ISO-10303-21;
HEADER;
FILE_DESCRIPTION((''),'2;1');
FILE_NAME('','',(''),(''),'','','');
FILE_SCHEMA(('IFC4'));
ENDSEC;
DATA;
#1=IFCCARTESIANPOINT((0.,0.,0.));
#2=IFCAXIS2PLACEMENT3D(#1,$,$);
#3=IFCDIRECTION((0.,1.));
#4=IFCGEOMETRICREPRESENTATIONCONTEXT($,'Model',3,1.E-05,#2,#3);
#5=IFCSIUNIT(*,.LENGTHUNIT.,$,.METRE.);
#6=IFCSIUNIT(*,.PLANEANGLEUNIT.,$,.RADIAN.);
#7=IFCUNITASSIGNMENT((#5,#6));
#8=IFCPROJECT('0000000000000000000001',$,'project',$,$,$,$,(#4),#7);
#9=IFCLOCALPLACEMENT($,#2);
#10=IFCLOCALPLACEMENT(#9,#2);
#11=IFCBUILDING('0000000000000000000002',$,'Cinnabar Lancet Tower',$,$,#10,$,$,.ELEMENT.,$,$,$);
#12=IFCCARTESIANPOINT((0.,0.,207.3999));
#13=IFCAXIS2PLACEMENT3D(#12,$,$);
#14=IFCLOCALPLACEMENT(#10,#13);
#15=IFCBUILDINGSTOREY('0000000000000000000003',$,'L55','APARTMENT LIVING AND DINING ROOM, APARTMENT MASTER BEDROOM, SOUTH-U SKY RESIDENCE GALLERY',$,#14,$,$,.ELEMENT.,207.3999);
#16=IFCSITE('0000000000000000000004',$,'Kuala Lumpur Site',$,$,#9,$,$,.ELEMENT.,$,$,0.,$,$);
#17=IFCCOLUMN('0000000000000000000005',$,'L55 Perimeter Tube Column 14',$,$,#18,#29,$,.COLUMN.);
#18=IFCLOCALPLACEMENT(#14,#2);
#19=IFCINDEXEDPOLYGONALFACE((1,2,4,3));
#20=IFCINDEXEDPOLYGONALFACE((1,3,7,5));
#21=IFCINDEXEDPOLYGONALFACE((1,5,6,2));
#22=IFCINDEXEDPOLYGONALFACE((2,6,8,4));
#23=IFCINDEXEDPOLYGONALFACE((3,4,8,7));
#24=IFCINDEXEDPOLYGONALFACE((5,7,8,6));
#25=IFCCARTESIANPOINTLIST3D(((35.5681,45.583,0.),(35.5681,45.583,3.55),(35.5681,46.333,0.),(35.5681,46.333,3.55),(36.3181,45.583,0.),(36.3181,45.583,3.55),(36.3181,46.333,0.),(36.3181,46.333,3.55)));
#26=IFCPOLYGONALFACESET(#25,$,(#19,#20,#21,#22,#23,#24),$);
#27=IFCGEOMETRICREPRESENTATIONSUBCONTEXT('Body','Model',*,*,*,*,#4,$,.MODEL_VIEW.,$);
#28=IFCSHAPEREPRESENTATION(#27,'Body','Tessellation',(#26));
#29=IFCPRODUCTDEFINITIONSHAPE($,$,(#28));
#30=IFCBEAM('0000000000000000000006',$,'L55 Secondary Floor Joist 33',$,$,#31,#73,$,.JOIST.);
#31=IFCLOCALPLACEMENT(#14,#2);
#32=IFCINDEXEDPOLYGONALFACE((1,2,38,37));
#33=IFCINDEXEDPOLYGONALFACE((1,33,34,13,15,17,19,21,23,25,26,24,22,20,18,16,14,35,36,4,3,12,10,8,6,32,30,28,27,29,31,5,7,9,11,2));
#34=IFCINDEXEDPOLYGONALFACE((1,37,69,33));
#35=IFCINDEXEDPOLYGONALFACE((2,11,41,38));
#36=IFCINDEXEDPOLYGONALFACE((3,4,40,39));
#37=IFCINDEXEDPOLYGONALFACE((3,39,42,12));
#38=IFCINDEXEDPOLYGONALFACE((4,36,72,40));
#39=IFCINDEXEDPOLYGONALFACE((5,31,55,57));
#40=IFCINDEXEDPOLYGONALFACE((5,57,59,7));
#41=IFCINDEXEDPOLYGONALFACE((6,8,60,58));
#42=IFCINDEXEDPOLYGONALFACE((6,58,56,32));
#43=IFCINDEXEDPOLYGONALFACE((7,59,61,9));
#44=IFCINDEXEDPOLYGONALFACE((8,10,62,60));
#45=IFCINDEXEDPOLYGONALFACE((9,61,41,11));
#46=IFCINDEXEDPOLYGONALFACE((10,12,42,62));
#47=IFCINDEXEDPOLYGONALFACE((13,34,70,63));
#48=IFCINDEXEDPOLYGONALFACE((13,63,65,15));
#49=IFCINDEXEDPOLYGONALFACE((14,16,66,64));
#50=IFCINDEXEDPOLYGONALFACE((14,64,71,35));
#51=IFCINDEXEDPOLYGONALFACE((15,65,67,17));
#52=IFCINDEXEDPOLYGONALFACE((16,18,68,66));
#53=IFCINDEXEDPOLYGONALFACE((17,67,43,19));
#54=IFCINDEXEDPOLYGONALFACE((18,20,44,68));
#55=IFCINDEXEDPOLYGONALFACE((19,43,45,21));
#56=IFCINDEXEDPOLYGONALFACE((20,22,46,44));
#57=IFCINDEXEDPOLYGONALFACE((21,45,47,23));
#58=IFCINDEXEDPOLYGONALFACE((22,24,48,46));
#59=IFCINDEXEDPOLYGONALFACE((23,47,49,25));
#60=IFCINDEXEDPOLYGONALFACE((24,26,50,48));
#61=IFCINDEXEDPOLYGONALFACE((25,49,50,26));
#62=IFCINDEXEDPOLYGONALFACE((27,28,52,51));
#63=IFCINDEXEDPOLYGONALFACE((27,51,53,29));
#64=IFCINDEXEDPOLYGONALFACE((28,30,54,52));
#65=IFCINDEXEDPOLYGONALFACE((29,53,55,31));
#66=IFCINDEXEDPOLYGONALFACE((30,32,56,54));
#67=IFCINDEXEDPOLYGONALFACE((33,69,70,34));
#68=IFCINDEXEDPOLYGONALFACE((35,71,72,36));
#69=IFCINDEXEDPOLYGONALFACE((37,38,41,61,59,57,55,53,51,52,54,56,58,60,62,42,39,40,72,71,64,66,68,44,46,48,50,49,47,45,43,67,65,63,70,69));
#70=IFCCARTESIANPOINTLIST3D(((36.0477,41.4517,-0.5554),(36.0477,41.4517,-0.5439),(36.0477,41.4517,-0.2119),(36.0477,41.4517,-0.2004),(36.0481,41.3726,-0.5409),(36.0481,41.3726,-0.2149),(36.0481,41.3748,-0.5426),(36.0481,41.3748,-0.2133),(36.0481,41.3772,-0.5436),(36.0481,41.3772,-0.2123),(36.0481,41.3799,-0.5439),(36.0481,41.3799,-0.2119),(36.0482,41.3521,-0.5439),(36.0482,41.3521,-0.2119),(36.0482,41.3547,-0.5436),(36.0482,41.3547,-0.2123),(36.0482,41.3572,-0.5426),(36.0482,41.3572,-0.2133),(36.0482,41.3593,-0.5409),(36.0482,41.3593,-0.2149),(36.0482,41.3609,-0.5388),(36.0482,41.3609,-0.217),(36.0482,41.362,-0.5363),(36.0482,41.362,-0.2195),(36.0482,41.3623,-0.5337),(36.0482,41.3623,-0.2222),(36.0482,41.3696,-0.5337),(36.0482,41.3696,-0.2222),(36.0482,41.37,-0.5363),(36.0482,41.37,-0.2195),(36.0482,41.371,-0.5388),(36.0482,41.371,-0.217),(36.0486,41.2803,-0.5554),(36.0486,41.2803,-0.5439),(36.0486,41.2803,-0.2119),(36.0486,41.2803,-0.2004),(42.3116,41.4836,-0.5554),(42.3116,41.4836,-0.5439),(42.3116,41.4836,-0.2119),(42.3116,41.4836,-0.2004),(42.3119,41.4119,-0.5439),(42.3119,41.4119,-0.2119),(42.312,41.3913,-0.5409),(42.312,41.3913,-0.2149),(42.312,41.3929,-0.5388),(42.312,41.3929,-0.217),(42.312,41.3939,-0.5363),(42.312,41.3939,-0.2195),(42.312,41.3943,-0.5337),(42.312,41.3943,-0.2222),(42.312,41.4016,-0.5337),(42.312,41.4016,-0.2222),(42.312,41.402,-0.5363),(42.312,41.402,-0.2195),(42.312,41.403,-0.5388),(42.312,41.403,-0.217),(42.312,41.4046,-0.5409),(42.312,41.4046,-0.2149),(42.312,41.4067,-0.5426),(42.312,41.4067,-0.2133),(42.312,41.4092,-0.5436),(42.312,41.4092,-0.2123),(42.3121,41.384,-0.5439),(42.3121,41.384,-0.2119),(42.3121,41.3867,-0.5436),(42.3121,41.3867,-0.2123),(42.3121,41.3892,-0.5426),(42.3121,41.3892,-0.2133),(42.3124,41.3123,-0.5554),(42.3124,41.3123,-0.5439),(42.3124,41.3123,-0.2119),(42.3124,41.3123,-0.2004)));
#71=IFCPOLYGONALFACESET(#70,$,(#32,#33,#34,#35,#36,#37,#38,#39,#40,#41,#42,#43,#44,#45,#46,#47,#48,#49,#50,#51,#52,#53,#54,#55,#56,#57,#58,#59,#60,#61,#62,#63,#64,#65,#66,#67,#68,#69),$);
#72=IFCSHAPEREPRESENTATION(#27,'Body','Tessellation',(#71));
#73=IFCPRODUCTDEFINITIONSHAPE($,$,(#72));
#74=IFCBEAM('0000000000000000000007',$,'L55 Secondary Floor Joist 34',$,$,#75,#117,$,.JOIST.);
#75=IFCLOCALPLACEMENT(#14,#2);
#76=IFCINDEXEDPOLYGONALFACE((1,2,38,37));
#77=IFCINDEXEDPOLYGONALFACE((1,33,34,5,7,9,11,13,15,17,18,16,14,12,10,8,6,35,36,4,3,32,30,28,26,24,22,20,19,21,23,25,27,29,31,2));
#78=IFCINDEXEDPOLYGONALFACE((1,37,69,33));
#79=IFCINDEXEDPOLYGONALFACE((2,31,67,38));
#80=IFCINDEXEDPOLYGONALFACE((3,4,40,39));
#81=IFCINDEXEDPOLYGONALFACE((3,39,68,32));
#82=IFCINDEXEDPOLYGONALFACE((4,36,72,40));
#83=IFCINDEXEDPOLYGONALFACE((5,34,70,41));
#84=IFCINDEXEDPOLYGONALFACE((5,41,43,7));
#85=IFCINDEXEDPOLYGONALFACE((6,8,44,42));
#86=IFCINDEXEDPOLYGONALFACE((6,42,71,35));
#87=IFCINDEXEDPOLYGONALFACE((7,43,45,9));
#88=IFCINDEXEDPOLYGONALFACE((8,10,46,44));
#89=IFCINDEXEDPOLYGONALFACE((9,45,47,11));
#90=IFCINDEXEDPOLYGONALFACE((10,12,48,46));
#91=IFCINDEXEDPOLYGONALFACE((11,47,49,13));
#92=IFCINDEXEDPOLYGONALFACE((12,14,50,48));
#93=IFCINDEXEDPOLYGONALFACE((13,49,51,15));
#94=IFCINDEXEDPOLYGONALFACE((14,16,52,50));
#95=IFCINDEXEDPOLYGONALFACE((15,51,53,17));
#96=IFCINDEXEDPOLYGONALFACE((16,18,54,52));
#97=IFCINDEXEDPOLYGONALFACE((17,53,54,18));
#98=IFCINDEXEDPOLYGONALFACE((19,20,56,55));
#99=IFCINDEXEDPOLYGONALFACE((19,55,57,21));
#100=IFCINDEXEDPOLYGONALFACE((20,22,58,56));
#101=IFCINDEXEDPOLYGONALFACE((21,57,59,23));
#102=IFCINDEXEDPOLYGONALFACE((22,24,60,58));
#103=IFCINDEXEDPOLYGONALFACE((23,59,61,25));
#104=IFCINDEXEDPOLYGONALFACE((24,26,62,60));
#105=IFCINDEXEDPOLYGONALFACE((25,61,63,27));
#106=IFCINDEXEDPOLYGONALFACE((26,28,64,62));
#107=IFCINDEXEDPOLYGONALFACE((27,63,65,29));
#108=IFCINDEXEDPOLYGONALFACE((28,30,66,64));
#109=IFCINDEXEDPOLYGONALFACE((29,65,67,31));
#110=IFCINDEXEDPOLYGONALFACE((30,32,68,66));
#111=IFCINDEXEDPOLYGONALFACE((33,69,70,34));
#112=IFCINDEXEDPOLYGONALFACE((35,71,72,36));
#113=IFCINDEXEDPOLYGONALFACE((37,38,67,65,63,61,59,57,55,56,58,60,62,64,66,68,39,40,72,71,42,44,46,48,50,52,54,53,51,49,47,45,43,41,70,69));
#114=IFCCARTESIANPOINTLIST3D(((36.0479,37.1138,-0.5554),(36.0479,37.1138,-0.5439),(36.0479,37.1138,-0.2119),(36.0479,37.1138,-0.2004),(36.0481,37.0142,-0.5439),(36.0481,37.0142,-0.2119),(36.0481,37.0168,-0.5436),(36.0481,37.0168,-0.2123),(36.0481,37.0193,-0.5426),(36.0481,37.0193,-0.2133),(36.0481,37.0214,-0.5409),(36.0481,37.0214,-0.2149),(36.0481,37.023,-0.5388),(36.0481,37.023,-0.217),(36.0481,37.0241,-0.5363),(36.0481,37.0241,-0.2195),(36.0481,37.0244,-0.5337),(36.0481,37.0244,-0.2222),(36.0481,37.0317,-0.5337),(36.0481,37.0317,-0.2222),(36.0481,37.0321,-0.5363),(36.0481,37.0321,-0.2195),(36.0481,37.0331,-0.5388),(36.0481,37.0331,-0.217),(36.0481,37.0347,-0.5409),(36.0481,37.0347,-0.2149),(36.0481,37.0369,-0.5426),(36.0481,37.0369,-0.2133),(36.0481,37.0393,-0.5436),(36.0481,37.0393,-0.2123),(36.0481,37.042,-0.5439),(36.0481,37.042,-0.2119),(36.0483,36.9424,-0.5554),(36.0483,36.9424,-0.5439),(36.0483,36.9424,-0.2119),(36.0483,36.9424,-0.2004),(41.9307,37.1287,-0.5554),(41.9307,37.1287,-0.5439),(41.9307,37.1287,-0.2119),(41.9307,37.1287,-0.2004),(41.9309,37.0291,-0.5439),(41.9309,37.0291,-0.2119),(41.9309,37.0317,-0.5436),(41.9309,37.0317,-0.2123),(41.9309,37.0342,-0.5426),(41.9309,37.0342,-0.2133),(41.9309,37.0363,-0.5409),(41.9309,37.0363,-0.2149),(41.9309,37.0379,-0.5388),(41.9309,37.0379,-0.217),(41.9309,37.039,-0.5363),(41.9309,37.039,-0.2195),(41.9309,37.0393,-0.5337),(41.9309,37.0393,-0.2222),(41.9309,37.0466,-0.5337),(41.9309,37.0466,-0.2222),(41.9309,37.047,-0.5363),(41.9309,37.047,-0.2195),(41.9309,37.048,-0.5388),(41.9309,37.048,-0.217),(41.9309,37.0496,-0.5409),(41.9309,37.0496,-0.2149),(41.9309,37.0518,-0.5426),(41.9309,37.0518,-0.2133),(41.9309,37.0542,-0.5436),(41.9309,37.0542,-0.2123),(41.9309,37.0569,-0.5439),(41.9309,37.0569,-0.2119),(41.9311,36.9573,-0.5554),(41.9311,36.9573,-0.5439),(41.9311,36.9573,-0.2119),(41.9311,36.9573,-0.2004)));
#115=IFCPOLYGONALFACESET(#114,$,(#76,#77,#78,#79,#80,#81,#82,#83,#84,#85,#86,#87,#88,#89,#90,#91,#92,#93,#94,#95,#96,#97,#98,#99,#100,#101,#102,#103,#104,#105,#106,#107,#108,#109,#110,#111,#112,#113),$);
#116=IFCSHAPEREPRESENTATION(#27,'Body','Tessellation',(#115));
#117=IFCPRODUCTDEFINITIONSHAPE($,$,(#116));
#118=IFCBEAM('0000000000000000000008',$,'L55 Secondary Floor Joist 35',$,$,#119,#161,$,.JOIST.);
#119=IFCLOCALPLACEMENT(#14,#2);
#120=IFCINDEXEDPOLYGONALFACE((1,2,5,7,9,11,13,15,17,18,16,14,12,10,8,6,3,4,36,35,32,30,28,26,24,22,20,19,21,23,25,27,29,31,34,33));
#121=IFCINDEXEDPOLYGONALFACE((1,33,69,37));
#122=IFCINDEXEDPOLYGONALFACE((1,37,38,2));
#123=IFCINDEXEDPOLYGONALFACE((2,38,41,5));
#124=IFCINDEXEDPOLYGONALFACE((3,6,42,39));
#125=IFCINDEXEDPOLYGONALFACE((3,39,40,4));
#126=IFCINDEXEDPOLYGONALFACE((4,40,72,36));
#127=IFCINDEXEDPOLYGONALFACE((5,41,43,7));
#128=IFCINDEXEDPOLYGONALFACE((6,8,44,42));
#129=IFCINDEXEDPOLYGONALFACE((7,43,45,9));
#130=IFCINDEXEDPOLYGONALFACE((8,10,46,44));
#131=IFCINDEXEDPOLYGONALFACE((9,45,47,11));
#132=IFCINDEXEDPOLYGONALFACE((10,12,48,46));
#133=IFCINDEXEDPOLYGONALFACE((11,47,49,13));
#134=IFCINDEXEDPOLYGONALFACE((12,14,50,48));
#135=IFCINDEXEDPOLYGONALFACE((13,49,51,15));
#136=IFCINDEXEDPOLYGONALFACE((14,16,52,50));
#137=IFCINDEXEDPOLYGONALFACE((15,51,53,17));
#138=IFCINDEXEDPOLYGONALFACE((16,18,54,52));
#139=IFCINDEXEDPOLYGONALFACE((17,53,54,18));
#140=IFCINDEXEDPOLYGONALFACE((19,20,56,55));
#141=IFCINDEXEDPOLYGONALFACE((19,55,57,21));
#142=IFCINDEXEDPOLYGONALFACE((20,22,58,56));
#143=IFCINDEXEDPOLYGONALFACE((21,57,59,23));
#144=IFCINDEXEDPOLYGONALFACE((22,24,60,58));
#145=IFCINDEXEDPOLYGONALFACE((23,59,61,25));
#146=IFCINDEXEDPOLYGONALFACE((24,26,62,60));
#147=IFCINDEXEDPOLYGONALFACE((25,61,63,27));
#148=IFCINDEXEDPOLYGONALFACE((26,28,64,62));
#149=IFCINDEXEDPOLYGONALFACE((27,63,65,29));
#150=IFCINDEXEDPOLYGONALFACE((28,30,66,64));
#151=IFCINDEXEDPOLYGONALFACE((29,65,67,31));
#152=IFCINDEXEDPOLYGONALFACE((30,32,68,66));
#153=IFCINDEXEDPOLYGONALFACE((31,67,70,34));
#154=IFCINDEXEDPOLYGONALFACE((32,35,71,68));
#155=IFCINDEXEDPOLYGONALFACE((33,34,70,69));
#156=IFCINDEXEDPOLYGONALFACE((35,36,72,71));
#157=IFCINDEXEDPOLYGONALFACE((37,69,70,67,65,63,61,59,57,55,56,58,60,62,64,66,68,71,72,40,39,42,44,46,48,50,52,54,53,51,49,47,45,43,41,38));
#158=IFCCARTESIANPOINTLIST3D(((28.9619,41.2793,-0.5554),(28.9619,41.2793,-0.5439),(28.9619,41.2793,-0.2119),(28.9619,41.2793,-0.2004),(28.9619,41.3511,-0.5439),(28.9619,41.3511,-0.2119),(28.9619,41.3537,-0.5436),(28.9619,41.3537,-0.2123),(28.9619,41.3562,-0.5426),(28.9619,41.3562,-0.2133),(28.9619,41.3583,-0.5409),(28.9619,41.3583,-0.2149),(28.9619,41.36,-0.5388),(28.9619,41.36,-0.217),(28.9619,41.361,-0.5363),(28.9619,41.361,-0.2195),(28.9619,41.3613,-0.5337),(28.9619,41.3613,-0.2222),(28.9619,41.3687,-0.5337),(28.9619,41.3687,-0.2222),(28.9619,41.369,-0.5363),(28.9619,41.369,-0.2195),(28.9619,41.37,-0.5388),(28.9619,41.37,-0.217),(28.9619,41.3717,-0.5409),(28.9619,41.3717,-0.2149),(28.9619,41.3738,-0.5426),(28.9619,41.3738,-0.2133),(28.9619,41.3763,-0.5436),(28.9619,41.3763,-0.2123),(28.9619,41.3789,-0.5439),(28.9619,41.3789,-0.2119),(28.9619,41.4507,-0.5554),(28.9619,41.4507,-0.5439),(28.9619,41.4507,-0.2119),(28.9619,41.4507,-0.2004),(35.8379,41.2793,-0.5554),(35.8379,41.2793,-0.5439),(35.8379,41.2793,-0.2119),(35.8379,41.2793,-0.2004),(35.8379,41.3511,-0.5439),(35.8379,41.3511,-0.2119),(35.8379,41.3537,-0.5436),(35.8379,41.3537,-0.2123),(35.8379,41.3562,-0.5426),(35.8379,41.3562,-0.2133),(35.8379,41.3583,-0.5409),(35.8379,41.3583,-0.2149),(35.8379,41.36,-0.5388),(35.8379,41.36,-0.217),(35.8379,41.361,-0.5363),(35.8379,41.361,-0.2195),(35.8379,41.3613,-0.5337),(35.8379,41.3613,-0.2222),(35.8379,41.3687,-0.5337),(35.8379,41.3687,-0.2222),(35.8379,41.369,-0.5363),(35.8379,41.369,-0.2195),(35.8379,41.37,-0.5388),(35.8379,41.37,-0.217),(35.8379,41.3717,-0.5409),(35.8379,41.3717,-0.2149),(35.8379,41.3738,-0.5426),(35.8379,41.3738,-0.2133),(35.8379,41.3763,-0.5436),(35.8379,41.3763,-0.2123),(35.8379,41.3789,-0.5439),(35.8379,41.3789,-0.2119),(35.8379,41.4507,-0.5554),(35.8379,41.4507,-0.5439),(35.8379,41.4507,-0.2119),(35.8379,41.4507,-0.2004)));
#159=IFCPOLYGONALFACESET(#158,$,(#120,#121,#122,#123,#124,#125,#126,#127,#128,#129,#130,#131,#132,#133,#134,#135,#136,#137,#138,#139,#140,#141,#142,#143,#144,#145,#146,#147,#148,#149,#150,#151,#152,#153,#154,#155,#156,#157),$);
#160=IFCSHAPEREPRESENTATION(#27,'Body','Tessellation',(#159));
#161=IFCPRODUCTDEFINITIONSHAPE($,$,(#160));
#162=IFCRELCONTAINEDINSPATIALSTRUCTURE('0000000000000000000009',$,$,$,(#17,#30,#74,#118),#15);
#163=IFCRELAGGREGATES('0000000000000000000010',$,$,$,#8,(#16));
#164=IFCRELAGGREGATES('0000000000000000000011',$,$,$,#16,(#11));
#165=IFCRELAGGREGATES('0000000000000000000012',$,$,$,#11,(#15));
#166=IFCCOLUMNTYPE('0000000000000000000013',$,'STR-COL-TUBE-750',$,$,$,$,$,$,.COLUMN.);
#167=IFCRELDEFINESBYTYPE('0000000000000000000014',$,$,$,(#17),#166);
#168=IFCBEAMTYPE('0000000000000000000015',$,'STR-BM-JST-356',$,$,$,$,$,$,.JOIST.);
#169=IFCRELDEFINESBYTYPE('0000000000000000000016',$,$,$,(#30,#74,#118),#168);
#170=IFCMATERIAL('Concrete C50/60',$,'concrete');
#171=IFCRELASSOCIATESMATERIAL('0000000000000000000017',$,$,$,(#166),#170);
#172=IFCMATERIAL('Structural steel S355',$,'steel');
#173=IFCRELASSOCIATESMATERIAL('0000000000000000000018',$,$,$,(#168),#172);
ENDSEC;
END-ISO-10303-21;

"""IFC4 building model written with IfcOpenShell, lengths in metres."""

from ifc_helpers import new_model, si_unit, direction, frame, origin, origin_2d, place, context, subcontext, project, spatial, rectangle, i_section, extrude, material, material_profile, profile_set, type_object, element, save


model = new_model("IFC4")

# Units and contexts
model_context = context("Model", 3, precision=1e-05, world=origin(), true_north=direction((0.0, 1.0)))
body_context = subcontext(model_context, "Body", "Model", "MODEL_VIEW")
ifc_project = project(units=[si_unit("LENGTHUNIT", "METRE"), si_unit("PLANEANGLEUNIT", "RADIAN")], contexts=[model_context])

# Site, building, storey
site_placement = place(None, origin())
site = spatial("IfcSite", under=ifc_project, at=site_placement, Name="Kuala Lumpur Site", CompositionType="ELEMENT", RefElevation=0.0)
building_placement = place(site_placement, origin())
building = spatial("IfcBuilding", under=site, at=building_placement, Name="Cinnabar Lancet Tower", CompositionType="ELEMENT")
storey_placement = place(building_placement, frame((0.0, 0.0, 207.3999)))
storey = spatial("IfcBuildingStorey", under=building, at=storey_placement, Name="L55", Description="APARTMENT LIVING AND DINING ROOM, APARTMENT MASTER BEDROOM, SOUTH-U SKY RESIDENCE GALLERY", CompositionType="ELEMENT", Elevation=207.3999)

# Column
ifc_material_1 = material(Name="Concrete C50/60", Category="concrete")
ifc_material_profile_1 = material_profile(ifc_material_1, rectangle(XDim=0.75, YDim=0.75, at=origin_2d()), Name="RC-COL 750x750")
ifc_profile_set_1 = profile_set([ifc_material_profile_1], Name="Concrete C50/60")
column_type = type_object("IfcColumnType", Name="STR-COL-TUBE-750", PredefinedType="COLUMN", material=ifc_profile_set_1)
column_placement = place(storey_placement, frame((35.9431, 45.958, 0.0), z_axis=(0.0, 0.0, 1.0), x_axis=(1.0, 0.0, 0.0)))
element("IfcColumn", 1, at=column_placement, inside=storey, type_object=column_type, Name="L55 Perimeter Tube Column 14", PredefinedType="COLUMN", context=body_context, shape_type="SweptSolid", body=[
    extrude(rectangle(XDim=0.75, YDim=0.75, at=origin_2d()), origin(), (0.0, 0.0, 1.0), 3.55),
])

# Beams
ifc_material_2 = material(Name="Structural steel S355", Category="steel")
ifc_material_profile_2 = material_profile(ifc_material_2, i_section(OverallWidth=0.1714, OverallDepth=0.355, WebThickness=0.0073, FlangeThickness=0.0115, FilletRadius=0.0103, at=origin_2d()), Name="UKB 356x171x51")
ifc_profile_set_2 = profile_set([ifc_material_profile_2], Name="Structural steel S355")
beam_type_1 = type_object("IfcBeamType", Name="STR-BM-JST-356", PredefinedType="JOIST", material=ifc_profile_set_2)
beam_1_placement = place(storey_placement, frame((42.312, 41.3979, -0.3779), z_axis=(-0.999987, -0.005106, 0.0), x_axis=(0.005106, -0.999987, 0.0)))
element("IfcBeam", 2, at=beam_1_placement, inside=storey, type_object=beam_type_1, Name="L55 Secondary Floor Joist 33", PredefinedType="JOIST", context=body_context, shape_type="SweptSolid", body=[
    extrude(i_section(OverallWidth=0.1714, OverallDepth=0.355, WebThickness=0.0073, FlangeThickness=0.0115, FilletRadius=0.0103, at=origin_2d()), origin(), (0.0, 0.0, 1.0), 6.2639),
])
beam_2_placement = place(storey_placement, frame((41.9309, 37.043, -0.3779), z_axis=(-0.999997, -0.002532, 0.0), x_axis=(0.002532, -0.999997, 0.0)))
element("IfcBeam", 3, at=beam_2_placement, inside=storey, type_object=beam_type_1, Name="L55 Secondary Floor Joist 34", PredefinedType="JOIST", context=body_context, shape_type="SweptSolid", body=[
    extrude(i_section(OverallWidth=0.1714, OverallDepth=0.355, WebThickness=0.0073, FlangeThickness=0.0115, FilletRadius=0.0103, at=origin_2d()), origin(), (0.0, 0.0, 1.0), 5.8828),
])
for number, where, z_axis, x_axis, name in (
    (4, (35.8379, 41.365, -0.3779), (-1.0, 0.0, 0.0), (0.0, -1.0, 0.0), "L55 Secondary Floor Joist 35"),
):
    element("IfcBeam", number, at=place(storey_placement, frame(where, z_axis=z_axis, x_axis=x_axis)), inside=storey, type_object=beam_type_1, Name=name, PredefinedType="JOIST", context=body_context, shape_type="SweptSolid", body=[
        extrude(i_section(OverallWidth=0.1714, OverallDepth=0.355, WebThickness=0.0073, FlangeThickness=0.0115, FilletRadius=0.0103, at=origin_2d()), origin(), (0.0, 0.0, 1.0), 6.876),
    ])

save(model, "model.ifc")
